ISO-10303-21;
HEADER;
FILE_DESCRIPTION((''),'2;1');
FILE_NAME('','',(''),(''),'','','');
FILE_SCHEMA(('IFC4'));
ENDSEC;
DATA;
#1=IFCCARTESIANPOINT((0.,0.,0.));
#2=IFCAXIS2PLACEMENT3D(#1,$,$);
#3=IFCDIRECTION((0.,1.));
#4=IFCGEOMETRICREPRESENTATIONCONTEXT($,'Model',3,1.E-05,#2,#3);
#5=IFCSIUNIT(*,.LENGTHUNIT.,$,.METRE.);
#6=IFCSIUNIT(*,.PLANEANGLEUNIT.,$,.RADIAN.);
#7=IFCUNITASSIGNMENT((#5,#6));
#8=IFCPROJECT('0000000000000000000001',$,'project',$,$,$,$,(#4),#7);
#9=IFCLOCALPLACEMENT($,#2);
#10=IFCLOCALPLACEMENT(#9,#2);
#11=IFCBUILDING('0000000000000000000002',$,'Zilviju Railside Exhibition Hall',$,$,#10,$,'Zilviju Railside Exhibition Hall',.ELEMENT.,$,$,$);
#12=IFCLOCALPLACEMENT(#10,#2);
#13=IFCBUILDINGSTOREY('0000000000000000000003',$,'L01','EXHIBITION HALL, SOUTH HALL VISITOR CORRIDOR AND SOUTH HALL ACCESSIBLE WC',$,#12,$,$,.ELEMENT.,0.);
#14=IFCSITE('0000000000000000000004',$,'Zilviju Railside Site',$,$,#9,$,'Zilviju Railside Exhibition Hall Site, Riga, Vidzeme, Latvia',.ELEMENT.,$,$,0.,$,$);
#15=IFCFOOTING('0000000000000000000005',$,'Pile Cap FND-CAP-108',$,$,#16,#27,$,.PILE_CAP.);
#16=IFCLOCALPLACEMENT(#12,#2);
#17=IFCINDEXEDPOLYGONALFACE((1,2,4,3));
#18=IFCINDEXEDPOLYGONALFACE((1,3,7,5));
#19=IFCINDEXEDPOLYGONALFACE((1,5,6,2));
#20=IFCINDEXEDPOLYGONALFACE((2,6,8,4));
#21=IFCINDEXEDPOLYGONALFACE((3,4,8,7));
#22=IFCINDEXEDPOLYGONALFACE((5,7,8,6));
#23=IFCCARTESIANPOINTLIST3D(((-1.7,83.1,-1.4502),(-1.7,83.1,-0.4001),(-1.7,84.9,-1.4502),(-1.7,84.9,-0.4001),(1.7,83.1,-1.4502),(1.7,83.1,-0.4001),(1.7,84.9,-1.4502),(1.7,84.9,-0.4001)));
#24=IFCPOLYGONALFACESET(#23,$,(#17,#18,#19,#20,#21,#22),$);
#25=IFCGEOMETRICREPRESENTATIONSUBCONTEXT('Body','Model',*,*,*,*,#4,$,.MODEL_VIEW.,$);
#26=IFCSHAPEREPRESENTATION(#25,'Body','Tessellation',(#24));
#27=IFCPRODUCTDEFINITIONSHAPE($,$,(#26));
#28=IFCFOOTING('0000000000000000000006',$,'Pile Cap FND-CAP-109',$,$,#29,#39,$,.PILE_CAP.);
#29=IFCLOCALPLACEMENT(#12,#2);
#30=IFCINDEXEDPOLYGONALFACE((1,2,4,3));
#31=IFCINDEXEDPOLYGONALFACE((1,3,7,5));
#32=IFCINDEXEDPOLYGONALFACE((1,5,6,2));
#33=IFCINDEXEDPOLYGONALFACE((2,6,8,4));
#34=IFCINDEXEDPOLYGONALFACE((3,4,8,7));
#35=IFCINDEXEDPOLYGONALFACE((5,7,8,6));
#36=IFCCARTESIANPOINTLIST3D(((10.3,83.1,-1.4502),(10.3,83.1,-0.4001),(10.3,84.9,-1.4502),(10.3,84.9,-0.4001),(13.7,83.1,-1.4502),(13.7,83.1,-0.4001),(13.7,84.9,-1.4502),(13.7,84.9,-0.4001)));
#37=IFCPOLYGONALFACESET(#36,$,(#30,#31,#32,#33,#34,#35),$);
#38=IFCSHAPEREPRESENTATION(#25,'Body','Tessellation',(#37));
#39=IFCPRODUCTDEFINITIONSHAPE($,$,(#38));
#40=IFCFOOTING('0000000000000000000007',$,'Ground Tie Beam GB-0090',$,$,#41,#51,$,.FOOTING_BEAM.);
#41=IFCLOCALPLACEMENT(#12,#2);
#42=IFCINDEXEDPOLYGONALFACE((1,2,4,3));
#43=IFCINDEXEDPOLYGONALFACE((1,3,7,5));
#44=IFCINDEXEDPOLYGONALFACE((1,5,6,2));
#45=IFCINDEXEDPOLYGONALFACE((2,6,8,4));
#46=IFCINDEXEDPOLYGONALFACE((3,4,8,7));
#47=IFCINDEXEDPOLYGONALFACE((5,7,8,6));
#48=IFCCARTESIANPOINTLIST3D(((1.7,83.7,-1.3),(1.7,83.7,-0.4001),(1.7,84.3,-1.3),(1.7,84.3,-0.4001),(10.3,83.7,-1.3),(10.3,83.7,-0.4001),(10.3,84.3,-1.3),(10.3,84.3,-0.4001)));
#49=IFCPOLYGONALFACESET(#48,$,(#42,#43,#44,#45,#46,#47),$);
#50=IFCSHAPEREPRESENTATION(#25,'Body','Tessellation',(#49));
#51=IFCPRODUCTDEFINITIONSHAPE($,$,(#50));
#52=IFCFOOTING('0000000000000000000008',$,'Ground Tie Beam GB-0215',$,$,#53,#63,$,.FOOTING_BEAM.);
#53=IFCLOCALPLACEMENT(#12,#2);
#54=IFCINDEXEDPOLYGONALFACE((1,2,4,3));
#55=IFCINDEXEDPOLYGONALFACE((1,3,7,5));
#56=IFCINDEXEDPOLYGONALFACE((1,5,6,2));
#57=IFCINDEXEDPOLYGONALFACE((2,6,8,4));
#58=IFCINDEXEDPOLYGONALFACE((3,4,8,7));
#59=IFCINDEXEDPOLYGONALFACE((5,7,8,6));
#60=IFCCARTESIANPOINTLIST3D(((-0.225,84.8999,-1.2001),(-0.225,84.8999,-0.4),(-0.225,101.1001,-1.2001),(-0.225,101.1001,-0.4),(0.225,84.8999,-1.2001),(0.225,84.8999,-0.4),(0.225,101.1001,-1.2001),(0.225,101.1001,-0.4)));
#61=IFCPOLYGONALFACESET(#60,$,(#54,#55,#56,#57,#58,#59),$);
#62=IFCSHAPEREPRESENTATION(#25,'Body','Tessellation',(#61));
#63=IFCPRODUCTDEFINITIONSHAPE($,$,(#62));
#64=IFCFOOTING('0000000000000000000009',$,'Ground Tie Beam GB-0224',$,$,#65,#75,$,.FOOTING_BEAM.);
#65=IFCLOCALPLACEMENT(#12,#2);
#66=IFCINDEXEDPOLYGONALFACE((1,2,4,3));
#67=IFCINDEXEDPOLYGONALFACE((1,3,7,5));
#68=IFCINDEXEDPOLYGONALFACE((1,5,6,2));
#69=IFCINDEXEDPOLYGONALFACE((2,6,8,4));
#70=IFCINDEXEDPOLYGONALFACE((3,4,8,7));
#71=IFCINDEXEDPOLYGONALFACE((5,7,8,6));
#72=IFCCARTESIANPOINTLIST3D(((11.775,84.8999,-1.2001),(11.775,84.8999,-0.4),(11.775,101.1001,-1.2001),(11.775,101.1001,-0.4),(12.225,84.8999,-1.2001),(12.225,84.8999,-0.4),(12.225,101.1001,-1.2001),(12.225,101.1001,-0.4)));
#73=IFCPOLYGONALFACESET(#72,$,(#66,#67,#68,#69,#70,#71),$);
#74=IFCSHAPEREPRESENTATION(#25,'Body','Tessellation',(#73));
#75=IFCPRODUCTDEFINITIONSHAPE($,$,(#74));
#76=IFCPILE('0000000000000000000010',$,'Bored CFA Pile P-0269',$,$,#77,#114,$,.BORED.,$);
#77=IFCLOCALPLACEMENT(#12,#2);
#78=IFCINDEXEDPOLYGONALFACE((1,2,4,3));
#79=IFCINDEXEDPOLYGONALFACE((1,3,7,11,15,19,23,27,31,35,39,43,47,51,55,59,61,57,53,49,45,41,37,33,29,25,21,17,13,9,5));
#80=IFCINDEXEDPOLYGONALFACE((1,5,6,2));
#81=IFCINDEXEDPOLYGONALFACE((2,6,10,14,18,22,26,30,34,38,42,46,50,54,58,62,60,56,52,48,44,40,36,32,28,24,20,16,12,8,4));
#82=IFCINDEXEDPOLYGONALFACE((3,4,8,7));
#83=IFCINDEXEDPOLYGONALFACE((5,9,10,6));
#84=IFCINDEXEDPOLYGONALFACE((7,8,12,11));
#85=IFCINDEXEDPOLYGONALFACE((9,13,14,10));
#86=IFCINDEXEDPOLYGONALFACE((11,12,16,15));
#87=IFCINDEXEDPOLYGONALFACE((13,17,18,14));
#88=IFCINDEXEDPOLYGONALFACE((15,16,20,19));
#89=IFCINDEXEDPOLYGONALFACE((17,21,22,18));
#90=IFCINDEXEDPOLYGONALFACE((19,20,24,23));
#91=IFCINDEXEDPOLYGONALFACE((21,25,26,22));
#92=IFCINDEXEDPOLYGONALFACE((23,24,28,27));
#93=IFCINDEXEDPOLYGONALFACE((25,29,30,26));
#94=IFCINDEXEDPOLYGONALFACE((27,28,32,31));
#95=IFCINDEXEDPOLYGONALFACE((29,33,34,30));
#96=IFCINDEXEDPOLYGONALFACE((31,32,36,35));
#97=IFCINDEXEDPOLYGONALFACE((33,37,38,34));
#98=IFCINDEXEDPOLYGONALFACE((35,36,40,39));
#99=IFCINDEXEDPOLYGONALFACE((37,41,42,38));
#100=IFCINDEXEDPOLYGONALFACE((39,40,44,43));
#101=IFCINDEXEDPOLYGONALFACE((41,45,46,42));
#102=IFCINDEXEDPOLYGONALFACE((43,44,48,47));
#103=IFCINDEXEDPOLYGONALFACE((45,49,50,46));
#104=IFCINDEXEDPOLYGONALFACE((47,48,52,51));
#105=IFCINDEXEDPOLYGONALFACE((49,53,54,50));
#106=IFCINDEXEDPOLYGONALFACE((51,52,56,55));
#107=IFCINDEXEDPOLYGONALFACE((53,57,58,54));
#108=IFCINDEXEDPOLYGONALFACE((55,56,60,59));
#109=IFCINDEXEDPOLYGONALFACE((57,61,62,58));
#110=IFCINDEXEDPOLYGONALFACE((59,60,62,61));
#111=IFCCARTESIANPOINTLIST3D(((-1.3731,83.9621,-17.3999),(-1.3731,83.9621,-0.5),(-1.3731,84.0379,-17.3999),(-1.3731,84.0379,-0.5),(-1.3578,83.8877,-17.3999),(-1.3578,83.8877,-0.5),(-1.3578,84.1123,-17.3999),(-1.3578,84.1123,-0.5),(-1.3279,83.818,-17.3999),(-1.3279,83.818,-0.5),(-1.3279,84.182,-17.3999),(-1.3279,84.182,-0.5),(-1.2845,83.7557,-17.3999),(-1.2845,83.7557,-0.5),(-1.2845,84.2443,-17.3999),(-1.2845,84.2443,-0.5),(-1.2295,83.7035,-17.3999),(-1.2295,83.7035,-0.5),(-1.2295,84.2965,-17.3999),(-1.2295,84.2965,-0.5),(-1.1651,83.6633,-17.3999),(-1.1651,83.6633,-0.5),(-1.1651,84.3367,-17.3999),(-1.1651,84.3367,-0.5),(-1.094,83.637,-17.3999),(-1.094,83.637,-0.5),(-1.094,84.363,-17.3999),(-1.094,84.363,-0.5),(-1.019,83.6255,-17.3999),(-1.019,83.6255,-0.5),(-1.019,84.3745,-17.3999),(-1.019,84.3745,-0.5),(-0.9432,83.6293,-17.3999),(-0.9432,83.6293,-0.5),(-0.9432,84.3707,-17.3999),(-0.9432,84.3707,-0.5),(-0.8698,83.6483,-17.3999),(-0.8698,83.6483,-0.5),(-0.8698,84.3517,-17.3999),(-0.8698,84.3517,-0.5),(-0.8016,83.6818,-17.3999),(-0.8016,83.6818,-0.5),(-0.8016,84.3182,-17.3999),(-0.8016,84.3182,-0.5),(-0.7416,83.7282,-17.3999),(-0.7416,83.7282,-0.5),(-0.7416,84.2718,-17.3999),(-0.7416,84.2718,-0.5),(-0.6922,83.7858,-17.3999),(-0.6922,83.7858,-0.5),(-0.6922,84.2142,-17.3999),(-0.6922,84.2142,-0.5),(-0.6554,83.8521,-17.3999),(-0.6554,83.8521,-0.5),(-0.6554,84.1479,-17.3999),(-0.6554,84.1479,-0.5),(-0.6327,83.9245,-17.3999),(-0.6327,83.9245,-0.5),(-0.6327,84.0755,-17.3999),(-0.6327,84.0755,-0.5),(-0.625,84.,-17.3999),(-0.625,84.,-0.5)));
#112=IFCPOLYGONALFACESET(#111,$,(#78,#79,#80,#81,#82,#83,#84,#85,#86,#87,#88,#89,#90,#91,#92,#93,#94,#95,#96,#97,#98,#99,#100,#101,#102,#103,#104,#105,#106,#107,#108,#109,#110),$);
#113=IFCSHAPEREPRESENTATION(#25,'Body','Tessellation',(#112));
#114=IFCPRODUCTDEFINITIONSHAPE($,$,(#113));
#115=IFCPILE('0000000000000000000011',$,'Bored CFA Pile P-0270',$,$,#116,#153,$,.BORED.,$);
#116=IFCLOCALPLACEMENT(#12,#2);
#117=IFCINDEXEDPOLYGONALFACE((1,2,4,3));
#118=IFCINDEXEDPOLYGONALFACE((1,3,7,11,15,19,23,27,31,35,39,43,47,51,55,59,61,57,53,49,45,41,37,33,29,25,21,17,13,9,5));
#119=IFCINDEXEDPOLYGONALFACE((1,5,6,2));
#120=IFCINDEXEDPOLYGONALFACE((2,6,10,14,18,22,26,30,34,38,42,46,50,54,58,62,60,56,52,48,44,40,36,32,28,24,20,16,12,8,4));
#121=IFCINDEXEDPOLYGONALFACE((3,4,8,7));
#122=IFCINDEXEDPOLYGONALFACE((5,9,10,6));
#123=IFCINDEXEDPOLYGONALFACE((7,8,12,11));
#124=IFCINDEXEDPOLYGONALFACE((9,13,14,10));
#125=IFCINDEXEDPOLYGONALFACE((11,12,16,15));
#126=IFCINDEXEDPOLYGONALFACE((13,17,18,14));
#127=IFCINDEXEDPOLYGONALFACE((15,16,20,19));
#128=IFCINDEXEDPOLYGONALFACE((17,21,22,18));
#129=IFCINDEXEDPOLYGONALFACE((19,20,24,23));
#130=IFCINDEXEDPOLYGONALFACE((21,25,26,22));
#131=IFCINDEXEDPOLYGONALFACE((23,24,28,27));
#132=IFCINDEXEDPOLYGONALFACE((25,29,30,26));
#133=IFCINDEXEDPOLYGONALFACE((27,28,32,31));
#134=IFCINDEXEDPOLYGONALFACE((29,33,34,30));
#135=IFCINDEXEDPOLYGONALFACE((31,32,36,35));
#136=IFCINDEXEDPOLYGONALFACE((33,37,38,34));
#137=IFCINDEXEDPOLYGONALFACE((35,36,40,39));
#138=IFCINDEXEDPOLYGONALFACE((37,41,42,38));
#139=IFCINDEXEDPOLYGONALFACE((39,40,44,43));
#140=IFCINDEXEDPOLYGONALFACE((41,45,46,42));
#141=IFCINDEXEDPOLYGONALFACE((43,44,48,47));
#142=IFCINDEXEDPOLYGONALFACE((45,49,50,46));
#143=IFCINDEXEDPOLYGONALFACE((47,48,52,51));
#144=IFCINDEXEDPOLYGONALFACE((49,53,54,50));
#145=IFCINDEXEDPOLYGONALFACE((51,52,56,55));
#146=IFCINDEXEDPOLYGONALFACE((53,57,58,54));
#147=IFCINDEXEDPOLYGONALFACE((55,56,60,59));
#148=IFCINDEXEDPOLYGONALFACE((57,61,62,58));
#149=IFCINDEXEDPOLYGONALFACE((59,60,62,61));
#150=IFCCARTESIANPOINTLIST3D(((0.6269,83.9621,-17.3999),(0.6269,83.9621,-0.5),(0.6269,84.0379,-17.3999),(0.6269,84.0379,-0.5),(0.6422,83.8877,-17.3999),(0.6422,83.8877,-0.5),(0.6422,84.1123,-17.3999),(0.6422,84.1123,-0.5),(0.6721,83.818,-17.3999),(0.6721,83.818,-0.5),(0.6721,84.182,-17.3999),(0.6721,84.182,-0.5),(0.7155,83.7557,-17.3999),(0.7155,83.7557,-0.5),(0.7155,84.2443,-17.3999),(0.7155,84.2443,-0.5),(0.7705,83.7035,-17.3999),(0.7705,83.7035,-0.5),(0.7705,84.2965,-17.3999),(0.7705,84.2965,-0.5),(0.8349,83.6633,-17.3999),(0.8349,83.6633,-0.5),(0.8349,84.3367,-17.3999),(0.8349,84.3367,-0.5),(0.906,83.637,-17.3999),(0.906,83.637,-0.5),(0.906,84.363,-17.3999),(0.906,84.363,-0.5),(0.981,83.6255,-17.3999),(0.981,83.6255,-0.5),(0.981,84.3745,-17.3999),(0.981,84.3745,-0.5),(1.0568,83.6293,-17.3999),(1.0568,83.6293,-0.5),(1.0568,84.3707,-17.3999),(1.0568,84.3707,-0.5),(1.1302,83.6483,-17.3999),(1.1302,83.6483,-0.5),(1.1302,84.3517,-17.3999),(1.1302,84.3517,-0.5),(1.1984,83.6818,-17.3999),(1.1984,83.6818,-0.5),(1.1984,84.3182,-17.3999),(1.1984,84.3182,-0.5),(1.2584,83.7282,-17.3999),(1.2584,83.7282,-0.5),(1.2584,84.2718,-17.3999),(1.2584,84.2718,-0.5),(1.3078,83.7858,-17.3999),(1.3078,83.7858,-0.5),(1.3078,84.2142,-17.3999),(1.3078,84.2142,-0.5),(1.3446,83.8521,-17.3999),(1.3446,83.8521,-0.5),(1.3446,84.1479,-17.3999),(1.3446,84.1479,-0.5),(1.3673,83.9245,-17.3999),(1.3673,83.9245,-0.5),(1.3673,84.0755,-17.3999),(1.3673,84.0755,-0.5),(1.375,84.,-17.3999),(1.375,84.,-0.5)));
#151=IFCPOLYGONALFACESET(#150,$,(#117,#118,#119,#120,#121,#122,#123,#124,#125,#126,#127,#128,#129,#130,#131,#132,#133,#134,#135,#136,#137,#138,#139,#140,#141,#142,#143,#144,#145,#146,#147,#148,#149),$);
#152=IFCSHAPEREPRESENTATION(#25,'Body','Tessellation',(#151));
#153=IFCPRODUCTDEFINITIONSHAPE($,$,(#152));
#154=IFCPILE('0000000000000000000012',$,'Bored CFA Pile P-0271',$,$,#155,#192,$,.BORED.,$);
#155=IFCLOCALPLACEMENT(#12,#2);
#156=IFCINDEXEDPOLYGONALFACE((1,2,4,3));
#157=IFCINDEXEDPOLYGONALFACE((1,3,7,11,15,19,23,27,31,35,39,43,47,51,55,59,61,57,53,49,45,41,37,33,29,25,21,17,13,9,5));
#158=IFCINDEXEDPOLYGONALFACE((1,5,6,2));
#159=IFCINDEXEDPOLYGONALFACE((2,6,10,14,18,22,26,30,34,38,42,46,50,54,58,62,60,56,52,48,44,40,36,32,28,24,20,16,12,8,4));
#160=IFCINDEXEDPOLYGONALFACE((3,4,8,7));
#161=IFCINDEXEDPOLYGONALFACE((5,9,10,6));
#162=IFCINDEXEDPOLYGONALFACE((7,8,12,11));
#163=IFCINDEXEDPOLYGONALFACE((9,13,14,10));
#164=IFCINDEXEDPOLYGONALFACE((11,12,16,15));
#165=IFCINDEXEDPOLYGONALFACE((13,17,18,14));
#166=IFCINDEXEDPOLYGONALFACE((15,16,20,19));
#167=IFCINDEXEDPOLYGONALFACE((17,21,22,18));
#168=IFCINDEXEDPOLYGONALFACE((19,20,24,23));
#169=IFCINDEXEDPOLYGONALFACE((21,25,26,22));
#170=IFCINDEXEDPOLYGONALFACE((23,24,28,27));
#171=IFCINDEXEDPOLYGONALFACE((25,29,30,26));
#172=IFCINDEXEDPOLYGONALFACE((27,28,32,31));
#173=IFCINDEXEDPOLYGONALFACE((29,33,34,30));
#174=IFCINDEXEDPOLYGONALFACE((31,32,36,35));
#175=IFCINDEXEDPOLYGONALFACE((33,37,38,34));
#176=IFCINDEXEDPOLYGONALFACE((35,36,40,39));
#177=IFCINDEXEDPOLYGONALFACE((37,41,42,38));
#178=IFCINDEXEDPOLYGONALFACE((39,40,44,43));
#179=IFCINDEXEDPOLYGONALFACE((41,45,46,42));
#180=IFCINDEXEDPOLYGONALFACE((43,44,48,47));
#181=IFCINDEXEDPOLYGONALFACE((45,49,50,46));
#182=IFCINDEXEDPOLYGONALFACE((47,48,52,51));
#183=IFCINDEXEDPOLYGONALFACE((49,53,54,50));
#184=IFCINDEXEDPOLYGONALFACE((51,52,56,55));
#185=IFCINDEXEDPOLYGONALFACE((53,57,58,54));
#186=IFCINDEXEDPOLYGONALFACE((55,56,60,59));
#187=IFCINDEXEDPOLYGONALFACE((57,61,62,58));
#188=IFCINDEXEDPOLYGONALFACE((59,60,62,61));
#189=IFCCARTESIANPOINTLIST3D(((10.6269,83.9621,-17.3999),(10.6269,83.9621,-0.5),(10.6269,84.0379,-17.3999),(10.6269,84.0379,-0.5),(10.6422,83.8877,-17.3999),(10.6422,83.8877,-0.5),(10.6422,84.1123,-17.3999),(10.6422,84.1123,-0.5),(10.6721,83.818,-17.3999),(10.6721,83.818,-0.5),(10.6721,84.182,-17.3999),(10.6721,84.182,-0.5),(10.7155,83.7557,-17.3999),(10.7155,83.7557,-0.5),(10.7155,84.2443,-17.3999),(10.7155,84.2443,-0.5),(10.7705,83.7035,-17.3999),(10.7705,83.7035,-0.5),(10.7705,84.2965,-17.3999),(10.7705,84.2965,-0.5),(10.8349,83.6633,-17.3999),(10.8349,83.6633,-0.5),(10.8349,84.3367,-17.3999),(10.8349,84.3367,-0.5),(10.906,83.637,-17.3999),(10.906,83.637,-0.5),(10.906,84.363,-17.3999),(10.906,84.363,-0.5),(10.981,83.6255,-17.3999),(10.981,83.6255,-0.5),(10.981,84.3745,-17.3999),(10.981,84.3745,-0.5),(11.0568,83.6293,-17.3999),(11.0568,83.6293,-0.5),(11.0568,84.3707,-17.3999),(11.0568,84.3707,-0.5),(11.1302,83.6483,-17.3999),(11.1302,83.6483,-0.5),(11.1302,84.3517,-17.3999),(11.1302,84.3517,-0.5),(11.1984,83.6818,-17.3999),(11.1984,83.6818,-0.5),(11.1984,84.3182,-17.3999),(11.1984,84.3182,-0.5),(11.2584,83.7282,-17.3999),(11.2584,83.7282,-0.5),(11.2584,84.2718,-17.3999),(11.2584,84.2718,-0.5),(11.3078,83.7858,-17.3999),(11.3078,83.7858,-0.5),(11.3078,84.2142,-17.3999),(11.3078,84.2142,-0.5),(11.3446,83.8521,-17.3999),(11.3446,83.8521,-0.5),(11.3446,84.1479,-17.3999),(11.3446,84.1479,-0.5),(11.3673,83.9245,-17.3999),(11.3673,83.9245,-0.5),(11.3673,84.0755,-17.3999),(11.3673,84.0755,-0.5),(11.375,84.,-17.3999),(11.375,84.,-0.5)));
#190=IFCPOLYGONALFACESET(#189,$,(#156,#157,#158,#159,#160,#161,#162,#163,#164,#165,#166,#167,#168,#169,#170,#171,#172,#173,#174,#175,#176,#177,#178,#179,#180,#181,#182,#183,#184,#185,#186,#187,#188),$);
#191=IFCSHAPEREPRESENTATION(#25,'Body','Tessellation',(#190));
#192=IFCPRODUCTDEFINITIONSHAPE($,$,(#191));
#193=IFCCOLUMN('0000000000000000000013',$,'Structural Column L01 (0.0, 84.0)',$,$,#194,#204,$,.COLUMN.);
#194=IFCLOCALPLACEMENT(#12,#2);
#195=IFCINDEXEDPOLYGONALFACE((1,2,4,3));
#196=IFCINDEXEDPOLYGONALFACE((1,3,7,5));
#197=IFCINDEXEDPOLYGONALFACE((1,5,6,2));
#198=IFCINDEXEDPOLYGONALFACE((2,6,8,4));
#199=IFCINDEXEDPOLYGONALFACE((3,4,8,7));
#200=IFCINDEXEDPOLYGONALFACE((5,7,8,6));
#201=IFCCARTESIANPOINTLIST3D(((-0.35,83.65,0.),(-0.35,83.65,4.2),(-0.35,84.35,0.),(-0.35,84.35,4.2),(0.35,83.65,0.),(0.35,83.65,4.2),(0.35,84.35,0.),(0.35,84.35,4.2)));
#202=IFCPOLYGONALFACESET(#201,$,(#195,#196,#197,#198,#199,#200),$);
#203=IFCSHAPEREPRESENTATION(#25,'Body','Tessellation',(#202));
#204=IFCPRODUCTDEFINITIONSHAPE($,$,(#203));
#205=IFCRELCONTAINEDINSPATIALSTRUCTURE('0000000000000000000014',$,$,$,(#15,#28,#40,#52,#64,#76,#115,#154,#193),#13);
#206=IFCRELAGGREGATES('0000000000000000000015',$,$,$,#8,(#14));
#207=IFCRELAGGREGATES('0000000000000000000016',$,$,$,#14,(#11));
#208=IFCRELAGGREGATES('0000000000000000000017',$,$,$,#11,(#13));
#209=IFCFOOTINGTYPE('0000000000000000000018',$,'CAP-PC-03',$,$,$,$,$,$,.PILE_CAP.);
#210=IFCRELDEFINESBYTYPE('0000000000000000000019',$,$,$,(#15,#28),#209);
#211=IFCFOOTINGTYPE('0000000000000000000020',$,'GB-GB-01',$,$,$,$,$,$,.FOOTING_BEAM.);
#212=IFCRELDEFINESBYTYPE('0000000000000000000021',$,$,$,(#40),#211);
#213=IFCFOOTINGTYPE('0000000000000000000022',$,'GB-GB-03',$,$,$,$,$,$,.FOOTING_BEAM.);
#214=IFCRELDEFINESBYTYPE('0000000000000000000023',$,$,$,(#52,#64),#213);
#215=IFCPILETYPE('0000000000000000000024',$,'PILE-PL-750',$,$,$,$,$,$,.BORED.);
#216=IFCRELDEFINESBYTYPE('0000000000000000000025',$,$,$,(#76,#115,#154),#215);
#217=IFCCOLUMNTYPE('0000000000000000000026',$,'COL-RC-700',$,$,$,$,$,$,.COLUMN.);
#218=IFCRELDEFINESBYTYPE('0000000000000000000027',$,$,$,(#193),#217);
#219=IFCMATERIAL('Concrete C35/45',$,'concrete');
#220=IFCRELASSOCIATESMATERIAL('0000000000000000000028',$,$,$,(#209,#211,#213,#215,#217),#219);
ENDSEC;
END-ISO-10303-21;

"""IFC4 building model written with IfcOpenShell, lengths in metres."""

from ifc_helpers import new_model, si_unit, direction, frame, origin, origin_2d, place, context, subcontext, project, spatial, rectangle, circle, extrude, material, material_profile, profile_set, type_object, element, save


model = new_model("IFC4")

# Units and contexts
model_context = context("Model", 3, precision=1e-05, world=origin(), true_north=direction((0.0, 1.0)))
body_context = subcontext(model_context, "Body", "Model", "MODEL_VIEW")
ifc_project = project(units=[si_unit("LENGTHUNIT", "METRE"), si_unit("PLANEANGLEUNIT", "RADIAN")], contexts=[model_context])

# Site, building, storey
site_placement = place(None, origin())
site = spatial("IfcSite", under=ifc_project, at=site_placement, Name="Zilviju Railside Site", LongName="Zilviju Railside Exhibition Hall Site, Riga, Vidzeme, Latvia", CompositionType="ELEMENT", RefElevation=0.0)
building_placement = place(site_placement, origin())
building = spatial("IfcBuilding", under=site, at=building_placement, Name="Zilviju Railside Exhibition Hall", LongName="Zilviju Railside Exhibition Hall", CompositionType="ELEMENT")
storey_placement = place(building_placement, origin())
storey = spatial("IfcBuildingStorey", under=building, at=storey_placement, Name="L01", Description="EXHIBITION HALL, SOUTH HALL VISITOR CORRIDOR AND SOUTH HALL ACCESSIBLE WC", CompositionType="ELEMENT", Elevation=0.0)

# Footings
ifc_material_1 = material(Name="Concrete C35/45", Category="concrete")
footing_type_1 = type_object("IfcFootingType", Name="CAP-PC-03", PredefinedType="PILE_CAP", material=ifc_material_1)
for number, where, z_axis, x_axis, name in (
    (1, (0.0, 84.0, -1.4502), (0.0, 0.0, 1.0), (1.0, 0.0, 0.0), "Pile Cap FND-CAP-108"),
    (2, (12.0, 84.0, -1.4502), (0.0, 0.0, 1.0), (1.0, 0.0, 0.0), "Pile Cap FND-CAP-109"),
):
    element("IfcFooting", number, at=place(storey_placement, frame(where, z_axis=z_axis, x_axis=x_axis)), inside=storey, type_object=footing_type_1, Name=name, PredefinedType="PILE_CAP", context=body_context, shape_type="SweptSolid", body=[
        extrude(rectangle(XDim=3.3999, YDim=1.8, at=origin_2d()), origin(), (0.0, 0.0, 1.0), 1.05),
    ])
ifc_material_profile_1 = material_profile(ifc_material_1, rectangle(XDim=0.6001, YDim=0.8999, at=origin_2d()), Name="TIE BEAM 600x900")
ifc_profile_set_1 = profile_set([ifc_material_profile_1], Name="Concrete C35/45")
footing_type_2 = type_object("IfcFootingType", Name="GB-GB-01", PredefinedType="FOOTING_BEAM", material=ifc_profile_set_1)
footing_placement = place(storey_placement, frame((1.7, 84.0, -0.8501), z_axis=(1.0, 0.0, 0.0), x_axis=(0.0, 1.0, 0.0)))
element("IfcFooting", 3, at=footing_placement, inside=storey, type_object=footing_type_2, Name="Ground Tie Beam GB-0090", PredefinedType="FOOTING_BEAM", context=body_context, shape_type="SweptSolid", body=[
    extrude(rectangle(XDim=0.6001, YDim=0.8999, at=origin_2d()), origin(), (0.0, 0.0, 1.0), 8.6001),
])
ifc_material_profile_2 = material_profile(ifc_material_1, rectangle(XDim=0.45, YDim=0.8, at=origin_2d()), Name="TIE BEAM 450x800")
ifc_profile_set_2 = profile_set([ifc_material_profile_2], Name="Concrete C35/45")
footing_type_3 = type_object("IfcFootingType", Name="GB-GB-03", PredefinedType="FOOTING_BEAM", material=ifc_profile_set_2)
for number, where, z_axis, x_axis, name in (
    (4, (0.0, 84.8999, -0.8), (0.0, 1.0, 0.0), (-1.0, 0.0, 0.0), "Ground Tie Beam GB-0215"),
    (5, (12.0, 84.8999, -0.8), (0.0, 1.0, 0.0), (-1.0, 0.0, 0.0), "Ground Tie Beam GB-0224"),
):
    element("IfcFooting", number, at=place(storey_placement, frame(where, z_axis=z_axis, x_axis=x_axis)), inside=storey, type_object=footing_type_3, Name=name, PredefinedType="FOOTING_BEAM", context=body_context, shape_type="SweptSolid", body=[
        extrude(rectangle(XDim=0.45, YDim=0.8, at=origin_2d()), origin(), (0.0, 0.0, 1.0), 16.2002),
    ])

# Piles
ifc_material_profile_3 = material_profile(ifc_material_1, circle(Radius=0.375, at=origin_2d()), Name="CFA PILE D750")
ifc_profile_set_3 = profile_set([ifc_material_profile_3], Name="Concrete C35/45")
pile_type = type_object("IfcPileType", Name="PILE-PL-750", PredefinedType="BORED", material=ifc_profile_set_3)
for number, where, z_axis, x_axis, name in (
    (6, (-1.0, 84.0, -0.5), (0.0, 0.0, -1.0), (1.0, 0.0, 0.0), "Bored CFA Pile P-0269"),
    (7, (1.0, 84.0, -0.5), (0.0, 0.0, -1.0), (1.0, 0.0, 0.0), "Bored CFA Pile P-0270"),
    (8, (11.0, 84.0, -0.5), (0.0, 0.0, -1.0), (1.0, 0.0, 0.0), "Bored CFA Pile P-0271"),
):
    element("IfcPile", number, at=place(storey_placement, frame(where, z_axis=z_axis, x_axis=x_axis)), inside=storey, type_object=pile_type, Name=name, PredefinedType="BORED", context=body_context, shape_type="SweptSolid", body=[
        extrude(circle(Radius=0.375, at=origin_2d()), origin(), (0.0, 0.0, 1.0), 16.8999),
    ])

# Column
ifc_material_profile_4 = material_profile(ifc_material_1, rectangle(XDim=0.7, YDim=0.7, at=origin_2d()), Name="RC COL 700x700")
ifc_profile_set_4 = profile_set([ifc_material_profile_4], Name="Concrete C35/45")
column_type = type_object("IfcColumnType", Name="COL-RC-700", PredefinedType="COLUMN", material=ifc_profile_set_4)
for number, where, z_axis, x_axis, name in (
    (9, (0.0, 84.0, 0.0), (0.0, 0.0, 1.0), (1.0, 0.0, 0.0), "Structural Column L01 (0.0, 84.0)"),
):
    element("IfcColumn", number, at=place(storey_placement, frame(where, z_axis=z_axis, x_axis=x_axis)), inside=storey, type_object=column_type, Name=name, PredefinedType="COLUMN", context=body_context, shape_type="SweptSolid", body=[
        extrude(rectangle(XDim=0.7, YDim=0.7, at=origin_2d()), origin(), (0.0, 0.0, 1.0), 4.2),
    ])

save(model, "model.ifc")
